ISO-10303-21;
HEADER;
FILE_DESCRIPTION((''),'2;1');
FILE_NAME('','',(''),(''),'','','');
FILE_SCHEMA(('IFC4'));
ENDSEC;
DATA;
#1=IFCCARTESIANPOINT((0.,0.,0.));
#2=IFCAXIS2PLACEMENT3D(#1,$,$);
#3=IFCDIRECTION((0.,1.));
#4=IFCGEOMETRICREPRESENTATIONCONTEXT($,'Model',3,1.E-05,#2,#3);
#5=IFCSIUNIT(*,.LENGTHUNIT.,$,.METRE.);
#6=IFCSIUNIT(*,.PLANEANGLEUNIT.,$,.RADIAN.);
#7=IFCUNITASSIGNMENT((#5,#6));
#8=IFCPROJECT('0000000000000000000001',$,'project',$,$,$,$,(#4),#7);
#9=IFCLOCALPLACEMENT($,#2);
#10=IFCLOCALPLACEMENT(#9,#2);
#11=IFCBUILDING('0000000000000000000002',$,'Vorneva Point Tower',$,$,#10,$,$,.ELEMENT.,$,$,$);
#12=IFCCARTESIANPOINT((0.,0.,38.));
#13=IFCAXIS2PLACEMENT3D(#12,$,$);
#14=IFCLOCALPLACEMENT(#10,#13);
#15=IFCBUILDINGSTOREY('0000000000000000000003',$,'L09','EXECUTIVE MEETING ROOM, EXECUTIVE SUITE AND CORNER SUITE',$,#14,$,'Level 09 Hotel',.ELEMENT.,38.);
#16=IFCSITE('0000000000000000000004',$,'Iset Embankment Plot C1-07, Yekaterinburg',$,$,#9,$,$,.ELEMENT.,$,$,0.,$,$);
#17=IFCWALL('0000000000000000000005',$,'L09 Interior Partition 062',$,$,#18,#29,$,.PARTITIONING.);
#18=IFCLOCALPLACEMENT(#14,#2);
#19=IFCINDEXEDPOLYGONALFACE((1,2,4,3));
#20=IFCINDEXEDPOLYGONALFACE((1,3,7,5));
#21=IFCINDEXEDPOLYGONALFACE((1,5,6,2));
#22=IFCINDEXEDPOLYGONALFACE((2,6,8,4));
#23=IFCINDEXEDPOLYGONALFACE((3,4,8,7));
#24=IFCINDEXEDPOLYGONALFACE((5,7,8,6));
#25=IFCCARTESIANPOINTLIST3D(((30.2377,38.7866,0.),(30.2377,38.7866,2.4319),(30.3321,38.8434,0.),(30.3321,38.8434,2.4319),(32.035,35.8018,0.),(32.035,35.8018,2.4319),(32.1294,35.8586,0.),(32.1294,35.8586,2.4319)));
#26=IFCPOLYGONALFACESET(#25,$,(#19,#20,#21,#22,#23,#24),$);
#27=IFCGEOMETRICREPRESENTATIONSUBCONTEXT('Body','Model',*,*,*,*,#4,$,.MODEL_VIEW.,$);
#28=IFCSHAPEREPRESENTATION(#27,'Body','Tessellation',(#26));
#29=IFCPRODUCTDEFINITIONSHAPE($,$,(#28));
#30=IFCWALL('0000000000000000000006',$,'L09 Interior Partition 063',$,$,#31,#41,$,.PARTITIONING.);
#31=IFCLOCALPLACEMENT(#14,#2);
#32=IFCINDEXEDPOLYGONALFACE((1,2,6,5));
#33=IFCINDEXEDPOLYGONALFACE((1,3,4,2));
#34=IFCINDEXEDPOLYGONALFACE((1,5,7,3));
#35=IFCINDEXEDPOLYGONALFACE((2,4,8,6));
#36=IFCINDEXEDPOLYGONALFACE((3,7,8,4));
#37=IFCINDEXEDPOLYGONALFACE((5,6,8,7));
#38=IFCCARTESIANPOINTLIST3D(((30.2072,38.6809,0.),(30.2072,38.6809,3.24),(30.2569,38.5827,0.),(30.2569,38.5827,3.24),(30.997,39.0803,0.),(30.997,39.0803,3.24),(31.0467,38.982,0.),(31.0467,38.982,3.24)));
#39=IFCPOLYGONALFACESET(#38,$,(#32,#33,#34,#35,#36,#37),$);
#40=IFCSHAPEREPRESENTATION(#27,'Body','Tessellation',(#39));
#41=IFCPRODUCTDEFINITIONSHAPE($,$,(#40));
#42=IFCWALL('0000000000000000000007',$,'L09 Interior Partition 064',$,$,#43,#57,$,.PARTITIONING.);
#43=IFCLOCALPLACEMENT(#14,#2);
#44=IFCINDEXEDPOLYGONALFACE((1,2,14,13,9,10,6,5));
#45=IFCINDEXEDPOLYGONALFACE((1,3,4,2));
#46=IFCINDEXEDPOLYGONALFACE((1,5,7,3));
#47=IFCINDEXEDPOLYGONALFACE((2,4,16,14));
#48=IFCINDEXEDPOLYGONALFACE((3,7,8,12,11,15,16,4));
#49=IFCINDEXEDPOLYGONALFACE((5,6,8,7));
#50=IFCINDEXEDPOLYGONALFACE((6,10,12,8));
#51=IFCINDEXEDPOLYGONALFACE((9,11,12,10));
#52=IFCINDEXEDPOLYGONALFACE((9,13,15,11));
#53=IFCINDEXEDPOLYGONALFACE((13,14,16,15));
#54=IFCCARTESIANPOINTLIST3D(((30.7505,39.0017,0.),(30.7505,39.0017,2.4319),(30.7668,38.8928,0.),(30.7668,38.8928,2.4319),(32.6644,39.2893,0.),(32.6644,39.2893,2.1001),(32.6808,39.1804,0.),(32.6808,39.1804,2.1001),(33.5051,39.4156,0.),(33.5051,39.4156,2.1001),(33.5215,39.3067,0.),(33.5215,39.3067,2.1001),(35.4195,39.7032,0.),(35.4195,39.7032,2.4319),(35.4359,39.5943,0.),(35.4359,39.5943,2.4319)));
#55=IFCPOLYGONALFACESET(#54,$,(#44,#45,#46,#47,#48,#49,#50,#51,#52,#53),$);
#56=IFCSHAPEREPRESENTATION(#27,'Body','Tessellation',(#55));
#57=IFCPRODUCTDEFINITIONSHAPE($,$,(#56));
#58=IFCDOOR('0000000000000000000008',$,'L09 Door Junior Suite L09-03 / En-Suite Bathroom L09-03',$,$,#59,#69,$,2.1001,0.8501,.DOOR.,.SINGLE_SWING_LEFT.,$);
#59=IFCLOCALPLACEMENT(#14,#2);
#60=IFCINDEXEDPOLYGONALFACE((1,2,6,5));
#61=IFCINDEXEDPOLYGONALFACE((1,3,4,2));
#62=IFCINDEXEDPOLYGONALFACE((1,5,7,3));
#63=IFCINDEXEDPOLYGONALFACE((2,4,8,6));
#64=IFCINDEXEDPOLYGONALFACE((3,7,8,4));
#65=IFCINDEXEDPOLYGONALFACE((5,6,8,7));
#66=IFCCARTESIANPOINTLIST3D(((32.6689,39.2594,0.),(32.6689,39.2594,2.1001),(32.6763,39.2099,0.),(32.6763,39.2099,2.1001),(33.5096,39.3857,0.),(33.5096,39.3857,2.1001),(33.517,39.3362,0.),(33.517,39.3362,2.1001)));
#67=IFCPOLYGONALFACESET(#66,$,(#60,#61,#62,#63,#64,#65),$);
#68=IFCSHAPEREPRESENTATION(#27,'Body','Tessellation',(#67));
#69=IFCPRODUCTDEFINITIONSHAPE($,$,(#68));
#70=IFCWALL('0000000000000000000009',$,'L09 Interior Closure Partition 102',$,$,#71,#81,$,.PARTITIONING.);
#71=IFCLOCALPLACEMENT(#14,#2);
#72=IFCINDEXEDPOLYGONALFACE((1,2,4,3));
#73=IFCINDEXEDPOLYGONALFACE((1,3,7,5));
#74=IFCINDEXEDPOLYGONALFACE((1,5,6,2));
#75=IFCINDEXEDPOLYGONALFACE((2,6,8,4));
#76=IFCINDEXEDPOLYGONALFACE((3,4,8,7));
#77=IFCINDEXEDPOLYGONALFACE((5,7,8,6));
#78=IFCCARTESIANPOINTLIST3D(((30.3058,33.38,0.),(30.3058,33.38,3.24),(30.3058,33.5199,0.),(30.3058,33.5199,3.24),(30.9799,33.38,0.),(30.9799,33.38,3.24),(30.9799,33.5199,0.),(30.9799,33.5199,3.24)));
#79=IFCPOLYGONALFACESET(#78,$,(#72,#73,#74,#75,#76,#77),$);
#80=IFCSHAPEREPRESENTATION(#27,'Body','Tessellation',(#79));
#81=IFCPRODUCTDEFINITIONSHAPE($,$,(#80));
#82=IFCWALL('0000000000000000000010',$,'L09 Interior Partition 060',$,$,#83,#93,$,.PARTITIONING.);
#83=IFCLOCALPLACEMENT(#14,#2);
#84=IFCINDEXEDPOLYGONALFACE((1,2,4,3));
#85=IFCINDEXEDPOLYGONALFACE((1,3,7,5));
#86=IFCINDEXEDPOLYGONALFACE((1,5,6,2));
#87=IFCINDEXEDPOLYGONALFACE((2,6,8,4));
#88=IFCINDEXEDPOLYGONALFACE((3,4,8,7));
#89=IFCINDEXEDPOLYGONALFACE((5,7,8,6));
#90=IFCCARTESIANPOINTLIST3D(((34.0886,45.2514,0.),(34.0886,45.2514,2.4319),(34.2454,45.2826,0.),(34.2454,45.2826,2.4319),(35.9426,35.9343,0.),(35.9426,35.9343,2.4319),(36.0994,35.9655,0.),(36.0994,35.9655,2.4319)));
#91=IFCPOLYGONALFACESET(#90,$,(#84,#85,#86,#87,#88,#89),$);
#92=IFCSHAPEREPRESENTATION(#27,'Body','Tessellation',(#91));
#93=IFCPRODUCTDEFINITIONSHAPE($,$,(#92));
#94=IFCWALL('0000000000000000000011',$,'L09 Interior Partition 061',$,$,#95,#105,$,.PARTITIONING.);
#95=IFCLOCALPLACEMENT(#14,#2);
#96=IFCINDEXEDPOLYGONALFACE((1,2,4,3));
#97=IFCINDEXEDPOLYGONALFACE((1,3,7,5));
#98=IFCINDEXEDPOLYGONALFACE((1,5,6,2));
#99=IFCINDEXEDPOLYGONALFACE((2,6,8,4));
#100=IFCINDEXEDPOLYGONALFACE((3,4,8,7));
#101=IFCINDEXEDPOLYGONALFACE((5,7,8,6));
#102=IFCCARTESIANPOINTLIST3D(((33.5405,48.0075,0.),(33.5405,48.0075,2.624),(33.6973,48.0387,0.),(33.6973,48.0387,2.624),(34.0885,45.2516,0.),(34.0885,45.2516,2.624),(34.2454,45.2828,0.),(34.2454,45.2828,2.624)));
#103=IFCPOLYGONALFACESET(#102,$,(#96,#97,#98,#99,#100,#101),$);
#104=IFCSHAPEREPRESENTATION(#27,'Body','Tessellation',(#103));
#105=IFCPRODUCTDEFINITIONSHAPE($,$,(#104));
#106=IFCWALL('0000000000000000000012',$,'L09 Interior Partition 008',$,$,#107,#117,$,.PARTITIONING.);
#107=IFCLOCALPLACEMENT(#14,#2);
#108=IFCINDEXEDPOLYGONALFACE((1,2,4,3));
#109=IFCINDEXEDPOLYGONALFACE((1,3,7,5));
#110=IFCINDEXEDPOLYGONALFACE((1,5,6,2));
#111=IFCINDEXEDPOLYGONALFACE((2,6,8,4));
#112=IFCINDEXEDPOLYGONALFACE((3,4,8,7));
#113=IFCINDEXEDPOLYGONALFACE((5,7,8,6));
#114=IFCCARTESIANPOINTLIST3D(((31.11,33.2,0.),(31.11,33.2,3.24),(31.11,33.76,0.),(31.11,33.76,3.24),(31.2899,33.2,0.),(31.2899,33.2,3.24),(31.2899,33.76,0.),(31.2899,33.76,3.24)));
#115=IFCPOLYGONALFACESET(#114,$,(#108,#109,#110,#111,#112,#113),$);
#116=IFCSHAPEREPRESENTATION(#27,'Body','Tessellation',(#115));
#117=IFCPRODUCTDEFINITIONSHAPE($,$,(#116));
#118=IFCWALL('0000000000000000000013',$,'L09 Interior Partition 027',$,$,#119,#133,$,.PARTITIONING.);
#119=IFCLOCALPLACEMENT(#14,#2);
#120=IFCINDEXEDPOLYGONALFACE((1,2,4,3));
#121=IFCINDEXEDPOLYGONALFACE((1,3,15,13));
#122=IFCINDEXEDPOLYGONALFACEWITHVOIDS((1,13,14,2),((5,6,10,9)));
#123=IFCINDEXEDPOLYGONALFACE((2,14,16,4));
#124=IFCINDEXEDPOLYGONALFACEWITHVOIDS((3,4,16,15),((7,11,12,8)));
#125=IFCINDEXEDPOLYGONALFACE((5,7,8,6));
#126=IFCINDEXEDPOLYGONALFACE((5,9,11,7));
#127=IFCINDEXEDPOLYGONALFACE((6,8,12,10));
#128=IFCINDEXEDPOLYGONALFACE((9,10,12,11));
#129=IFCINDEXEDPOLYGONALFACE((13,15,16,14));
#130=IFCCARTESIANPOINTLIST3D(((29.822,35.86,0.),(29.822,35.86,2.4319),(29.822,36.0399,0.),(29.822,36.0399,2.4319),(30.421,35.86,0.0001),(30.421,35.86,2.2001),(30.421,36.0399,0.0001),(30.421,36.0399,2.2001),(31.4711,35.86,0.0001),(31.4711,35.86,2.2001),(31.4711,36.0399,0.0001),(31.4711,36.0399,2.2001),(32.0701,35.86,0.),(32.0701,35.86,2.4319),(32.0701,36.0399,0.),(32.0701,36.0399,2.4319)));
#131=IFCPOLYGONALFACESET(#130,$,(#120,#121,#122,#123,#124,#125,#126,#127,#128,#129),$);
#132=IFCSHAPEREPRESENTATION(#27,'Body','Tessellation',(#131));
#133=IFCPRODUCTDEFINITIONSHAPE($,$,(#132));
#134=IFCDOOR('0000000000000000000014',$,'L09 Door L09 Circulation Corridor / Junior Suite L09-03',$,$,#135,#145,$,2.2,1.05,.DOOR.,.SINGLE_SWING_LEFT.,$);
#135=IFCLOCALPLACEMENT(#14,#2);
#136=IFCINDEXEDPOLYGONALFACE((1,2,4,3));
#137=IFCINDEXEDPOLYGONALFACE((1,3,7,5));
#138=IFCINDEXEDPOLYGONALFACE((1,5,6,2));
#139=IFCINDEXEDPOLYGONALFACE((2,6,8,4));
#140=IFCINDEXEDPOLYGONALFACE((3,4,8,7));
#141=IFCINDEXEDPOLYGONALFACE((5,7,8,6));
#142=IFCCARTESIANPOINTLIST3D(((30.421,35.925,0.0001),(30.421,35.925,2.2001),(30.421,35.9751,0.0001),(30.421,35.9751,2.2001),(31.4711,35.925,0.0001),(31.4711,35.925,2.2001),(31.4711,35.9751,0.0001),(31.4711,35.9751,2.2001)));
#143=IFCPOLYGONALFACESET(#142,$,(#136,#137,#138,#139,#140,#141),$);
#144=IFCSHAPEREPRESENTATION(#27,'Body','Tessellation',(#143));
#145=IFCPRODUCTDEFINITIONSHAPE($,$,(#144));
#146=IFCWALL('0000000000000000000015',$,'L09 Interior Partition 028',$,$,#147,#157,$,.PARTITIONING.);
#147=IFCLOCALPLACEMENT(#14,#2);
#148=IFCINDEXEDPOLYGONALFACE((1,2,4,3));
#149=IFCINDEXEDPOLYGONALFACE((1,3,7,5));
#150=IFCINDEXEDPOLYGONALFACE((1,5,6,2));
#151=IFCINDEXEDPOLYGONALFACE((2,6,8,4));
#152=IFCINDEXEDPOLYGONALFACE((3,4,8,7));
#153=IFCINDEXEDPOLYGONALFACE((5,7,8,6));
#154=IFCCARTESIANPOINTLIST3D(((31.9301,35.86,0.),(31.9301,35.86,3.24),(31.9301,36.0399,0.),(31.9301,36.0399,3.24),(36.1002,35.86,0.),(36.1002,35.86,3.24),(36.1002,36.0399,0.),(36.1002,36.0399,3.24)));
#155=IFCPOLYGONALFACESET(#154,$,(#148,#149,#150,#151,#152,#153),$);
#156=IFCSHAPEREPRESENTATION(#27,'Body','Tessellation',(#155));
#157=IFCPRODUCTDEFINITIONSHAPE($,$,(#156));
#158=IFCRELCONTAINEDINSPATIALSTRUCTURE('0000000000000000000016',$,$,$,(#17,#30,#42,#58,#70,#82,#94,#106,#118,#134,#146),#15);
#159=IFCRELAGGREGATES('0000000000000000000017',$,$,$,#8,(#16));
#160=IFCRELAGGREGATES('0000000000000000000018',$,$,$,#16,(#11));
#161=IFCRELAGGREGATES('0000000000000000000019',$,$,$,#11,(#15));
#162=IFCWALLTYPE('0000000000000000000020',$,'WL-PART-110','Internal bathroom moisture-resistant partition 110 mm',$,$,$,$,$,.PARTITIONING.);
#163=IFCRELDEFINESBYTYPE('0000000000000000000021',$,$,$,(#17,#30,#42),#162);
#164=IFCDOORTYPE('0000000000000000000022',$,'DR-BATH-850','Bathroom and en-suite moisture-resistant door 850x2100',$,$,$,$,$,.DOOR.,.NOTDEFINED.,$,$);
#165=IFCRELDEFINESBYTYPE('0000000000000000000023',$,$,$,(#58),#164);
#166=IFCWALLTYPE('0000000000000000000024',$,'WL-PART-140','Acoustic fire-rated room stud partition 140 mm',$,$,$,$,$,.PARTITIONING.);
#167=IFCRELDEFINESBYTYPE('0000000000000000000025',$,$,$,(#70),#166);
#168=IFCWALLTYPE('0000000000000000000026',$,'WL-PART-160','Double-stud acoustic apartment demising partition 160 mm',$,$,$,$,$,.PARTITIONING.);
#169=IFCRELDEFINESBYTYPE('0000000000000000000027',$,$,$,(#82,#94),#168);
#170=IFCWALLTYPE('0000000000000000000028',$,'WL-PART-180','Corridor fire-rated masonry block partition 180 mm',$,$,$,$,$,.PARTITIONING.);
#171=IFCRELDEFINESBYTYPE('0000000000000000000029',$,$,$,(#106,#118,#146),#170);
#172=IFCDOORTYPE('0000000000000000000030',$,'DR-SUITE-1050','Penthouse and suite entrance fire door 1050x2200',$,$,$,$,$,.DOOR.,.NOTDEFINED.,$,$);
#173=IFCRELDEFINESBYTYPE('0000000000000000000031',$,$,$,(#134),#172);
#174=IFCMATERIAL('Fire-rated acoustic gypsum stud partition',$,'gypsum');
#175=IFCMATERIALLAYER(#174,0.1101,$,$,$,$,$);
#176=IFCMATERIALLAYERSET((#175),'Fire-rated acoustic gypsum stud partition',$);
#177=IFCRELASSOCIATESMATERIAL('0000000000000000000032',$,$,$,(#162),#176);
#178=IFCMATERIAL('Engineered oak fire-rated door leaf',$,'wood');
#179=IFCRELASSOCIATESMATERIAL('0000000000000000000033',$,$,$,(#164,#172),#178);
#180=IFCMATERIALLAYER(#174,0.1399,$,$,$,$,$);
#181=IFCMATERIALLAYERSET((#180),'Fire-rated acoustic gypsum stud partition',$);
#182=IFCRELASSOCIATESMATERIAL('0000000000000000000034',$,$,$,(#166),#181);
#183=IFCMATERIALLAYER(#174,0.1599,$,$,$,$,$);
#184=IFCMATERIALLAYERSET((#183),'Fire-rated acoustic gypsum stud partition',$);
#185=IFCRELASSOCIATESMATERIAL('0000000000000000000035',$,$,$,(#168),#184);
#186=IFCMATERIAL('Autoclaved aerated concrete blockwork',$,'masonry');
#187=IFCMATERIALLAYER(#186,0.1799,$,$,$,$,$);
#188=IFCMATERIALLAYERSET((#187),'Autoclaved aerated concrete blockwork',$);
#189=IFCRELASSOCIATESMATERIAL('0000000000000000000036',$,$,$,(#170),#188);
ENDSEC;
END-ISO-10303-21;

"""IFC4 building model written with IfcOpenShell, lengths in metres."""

from ifc_helpers import new_model, si_unit, direction, frame, frame_2d, origin, place, context, subcontext, project, spatial, rectangle, extrude, material, layer, layer_set, type_object, element, fill, save


model = new_model("IFC4")

# Units and contexts
model_context = context("Model", 3, precision=1e-05, world=origin(), true_north=direction((0.0, 1.0)))
body_context = subcontext(model_context, "Body", "Model", "MODEL_VIEW")
ifc_project = project(units=[si_unit("LENGTHUNIT", "METRE"), si_unit("PLANEANGLEUNIT", "RADIAN")], contexts=[model_context])

# Site, building, storey
site_placement = place(None, origin())
site = spatial("IfcSite", under=ifc_project, at=site_placement, Name="Iset Embankment Plot C1-07, Yekaterinburg", CompositionType="ELEMENT", RefElevation=0.0)
building_placement = place(site_placement, origin())
building = spatial("IfcBuilding", under=site, at=building_placement, Name="Vorneva Point Tower", CompositionType="ELEMENT")
storey_placement = place(building_placement, frame((0.0, 0.0, 38.0)))
storey = spatial("IfcBuildingStorey", under=building, at=storey_placement, Name="L09", Description="EXECUTIVE MEETING ROOM, EXECUTIVE SUITE AND CORNER SUITE", LongName="Level 09 Hotel", CompositionType="ELEMENT", Elevation=38.0)

# Walls
ifc_material_1 = material(Name="Fire-rated acoustic gypsum stud partition", Category="gypsum")
ifc_layer_1 = layer(ifc_material_1, 0.1101)
ifc_layer_set_1 = layer_set([ifc_layer_1], Name="Fire-rated acoustic gypsum stud partition")
wall_type_1 = type_object("IfcWallType", Name="WL-PART-110", Description="Internal bathroom moisture-resistant partition 110 mm", PredefinedType="PARTITIONING", material=ifc_layer_set_1)
wall_1_placement = place(storey_placement, frame((32.0823, 35.8301, 0.0), z_axis=(0.0, 0.0, 1.0), x_axis=(-0.515855, 0.856676, 0.0)))
element("IfcWall", 1, at=wall_1_placement, inside=storey, type_object=wall_type_1, Name="L09 Interior Partition 062", PredefinedType="PARTITIONING", context=body_context, shape_type="SweptSolid", body=[
    extrude(rectangle(XDim=3.4841, YDim=0.1101, at=frame_2d((1.7422, 0.0))), origin(), (0.0, 0.0, 1.0), 2.4319),
])
wall_2_placement = place(storey_placement, frame((30.2322, 38.6318, 0.0), z_axis=(0.0, 0.0, 1.0), x_axis=(0.892377, 0.451292, 0.0)))
element("IfcWall", 2, at=wall_2_placement, inside=storey, type_object=wall_type_1, Name="L09 Interior Partition 063", PredefinedType="PARTITIONING", context=body_context, shape_type="SweptSolid", body=[
    extrude(rectangle(XDim=0.885, YDim=0.1101, at=frame_2d((0.4424, 0.0))), origin(), (0.0, 0.0, 1.0), 3.24),
])

# Wall, opening, door
wall_3_placement = place(storey_placement, frame((30.7585, 38.9473, 0.0), z_axis=(0.0, 0.0, 1.0), x_axis=(0.988903, 0.148563, 0.0)))
wall_3 = element("IfcWall", 3, at=wall_3_placement, inside=storey, type_object=wall_type_1, Name="L09 Interior Partition 064", PredefinedType="PARTITIONING", context=body_context, shape_type="SweptSolid", body=[
    extrude(rectangle(XDim=4.7214, YDim=0.1101, at=frame_2d((2.3608, 0.0))), origin(), (0.0, 0.0, 1.0), 2.4319),
])
opening_1_placement = place(wall_3_placement, frame((1.9355, 0.0, 0.0)))
opening_1 = element("IfcOpeningElement", 4, at=opening_1_placement, cuts=wall_3, PredefinedType="OPENING", context=body_context, shape_type="SweptSolid", body=[
    extrude(rectangle(XDim=0.8501, YDim=2.1001, at=frame_2d((0.425, 1.05))), frame((0.0, 0.0698, 0.0), z_axis=(0.0, -1.0, 0.0), x_axis=(1.0, 0.0, 0.0)), (0.0, 0.0, 1.0), 0.1399),
])
ifc_material_2 = material(Name="Engineered oak fire-rated door leaf", Category="wood")
door_type_1 = type_object("IfcDoorType", Name="DR-BATH-850", Description="Bathroom and en-suite moisture-resistant door 850x2100", OperationType="NOTDEFINED", PredefinedType="DOOR", material=ifc_material_2)
door_1_placement = place(opening_1_placement, origin())
door_1 = element("IfcDoor", 5, at=door_1_placement, inside=storey, type_object=door_type_1, Name="L09 Door Junior Suite L09-03 / En-Suite Bathroom L09-03", OperationType="SINGLE_SWING_LEFT", OverallHeight=2.1001, OverallWidth=0.8501, PredefinedType="DOOR", context=body_context, shape_type="SweptSolid", body=[
    extrude(rectangle(XDim=0.8501, YDim=2.1001, at=frame_2d((0.425, 1.05))), frame((0.0, 0.0249, 0.0), z_axis=(0.0, -1.0, 0.0), x_axis=(1.0, 0.0, 0.0)), (0.0, 0.0, 1.0), 0.05),
])
fill(opening_1, door_1)

# Walls
ifc_layer_2 = layer(ifc_material_1, 0.1399)
ifc_layer_set_2 = layer_set([ifc_layer_2], Name="Fire-rated acoustic gypsum stud partition")
wall_type_2 = type_object("IfcWallType", Name="WL-PART-140", Description="Acoustic fire-rated room stud partition 140 mm", PredefinedType="PARTITIONING", material=ifc_layer_set_2)
wall_4_placement = place(storey_placement, frame((30.3059, 33.45, 0.0), z_axis=(0.0, 0.0, 1.0), x_axis=(1.0, 0.0, 0.0)))
element("IfcWall", 6, at=wall_4_placement, inside=storey, type_object=wall_type_2, Name="L09 Interior Closure Partition 102", PredefinedType="PARTITIONING", context=body_context, shape_type="SweptSolid", body=[
    extrude(rectangle(XDim=0.6741, YDim=0.1399, at=frame_2d((0.3369, 0.0))), origin(), (0.0, 0.0, 1.0), 3.24),
])
ifc_layer_3 = layer(ifc_material_1, 0.1599)
ifc_layer_set_3 = layer_set([ifc_layer_3], Name="Fire-rated acoustic gypsum stud partition")
wall_type_3 = type_object("IfcWallType", Name="WL-PART-160", Description="Double-stud acoustic apartment demising partition 160 mm", PredefinedType="PARTITIONING", material=ifc_layer_set_3)
wall_5_placement = place(storey_placement, frame((34.167, 45.2671, 0.0), z_axis=(0.0, 0.0, 1.0), x_axis=(0.195162, -0.980771, 0.0)))
element("IfcWall", 7, at=wall_5_placement, inside=storey, type_object=wall_type_3, Name="L09 Interior Partition 060", PredefinedType="PARTITIONING", context=body_context, shape_type="SweptSolid", body=[
    extrude(rectangle(XDim=9.4998, YDim=0.1599, at=frame_2d((4.75, 0.0))), origin(), (0.0, 0.0, 1.0), 2.4319),
])
wall_6_placement = place(storey_placement, frame((33.6189, 48.0229, 0.0), z_axis=(0.0, 0.0, 1.0), x_axis=(0.195063, -0.980791, 0.0)))
element("IfcWall", 8, at=wall_6_placement, inside=storey, type_object=wall_type_3, Name="L09 Interior Partition 061", PredefinedType="PARTITIONING", context=body_context, shape_type="SweptSolid", body=[
    extrude(rectangle(XDim=2.8098, YDim=0.1599, at=frame_2d((1.4048, 0.0))), origin(), (0.0, 0.0, 1.0), 2.624),
])

# Shared definitions
ifc_material_3 = material(Name="Autoclaved aerated concrete blockwork", Category="masonry")
ifc_layer_4 = layer(ifc_material_3, 0.1799)
ifc_layer_set_4 = layer_set([ifc_layer_4], Name="Autoclaved aerated concrete blockwork")
wall_type_4 = type_object("IfcWallType", Name="WL-PART-180", Description="Corridor fire-rated masonry block partition 180 mm", PredefinedType="PARTITIONING", material=ifc_layer_set_4)

# Wall
wall_7_placement = place(storey_placement, frame((31.2, 33.76, 0.0), z_axis=(0.0, 0.0, 1.0), x_axis=(0.0, -1.0, 0.0)))
element("IfcWall", 9, at=wall_7_placement, inside=storey, type_object=wall_type_4, Name="L09 Interior Partition 008", PredefinedType="PARTITIONING", context=body_context, shape_type="SweptSolid", body=[
    extrude(rectangle(XDim=0.5601, YDim=0.1799, at=frame_2d((0.28, 0.0))), origin(), (0.0, 0.0, 1.0), 3.24),
])

# Wall, opening, door
wall_8_placement = place(storey_placement, frame((32.0701, 35.95, 0.0), z_axis=(0.0, 0.0, 1.0), x_axis=(-1.0, 0.0, 0.0)))
wall_8 = element("IfcWall", 10, at=wall_8_placement, inside=storey, type_object=wall_type_4, Name="L09 Interior Partition 027", PredefinedType="PARTITIONING", context=body_context, shape_type="SweptSolid", body=[
    extrude(rectangle(XDim=2.248, YDim=0.1799, at=frame_2d((1.124, 0.0))), origin(), (0.0, 0.0, 1.0), 2.4319),
])
opening_2_placement = place(wall_8_placement, frame((0.5991, 0.0, 0.0)))
opening_2 = element("IfcOpeningElement", 11, at=opening_2_placement, cuts=wall_8, PredefinedType="OPENING", context=body_context, shape_type="SweptSolid", body=[
    extrude(rectangle(XDim=1.05, YDim=2.2, at=frame_2d((0.5249, 1.1001))), frame((0.0, 0.105, 0.0), z_axis=(0.0, -1.0, 0.0), x_axis=(1.0, 0.0, 0.0)), (0.0, 0.0, 1.0), 0.2097),
])
door_type_2 = type_object("IfcDoorType", Name="DR-SUITE-1050", Description="Penthouse and suite entrance fire door 1050x2200", OperationType="NOTDEFINED", PredefinedType="DOOR", material=ifc_material_2)
door_2_placement = place(opening_2_placement, origin())
door_2 = element("IfcDoor", 12, at=door_2_placement, inside=storey, type_object=door_type_2, Name="L09 Door L09 Circulation Corridor / Junior Suite L09-03", OperationType="SINGLE_SWING_LEFT", OverallHeight=2.2, OverallWidth=1.05, PredefinedType="DOOR", context=body_context, shape_type="SweptSolid", body=[
    extrude(rectangle(XDim=1.05, YDim=2.2, at=frame_2d((0.5249, 1.1001))), frame((0.0, 0.0249, 0.0), z_axis=(0.0, -1.0, 0.0), x_axis=(1.0, 0.0, 0.0)), (0.0, 0.0, 1.0), 0.05),
])
fill(opening_2, door_2)

# Wall
wall_9_placement = place(storey_placement, frame((36.1001, 35.95, 0.0), z_axis=(0.0, 0.0, 1.0), x_axis=(-1.0, 0.0, 0.0)))
element("IfcWall", 13, at=wall_9_placement, inside=storey, type_object=wall_type_4, Name="L09 Interior Partition 028", PredefinedType="PARTITIONING", context=body_context, shape_type="SweptSolid", body=[
    extrude(rectangle(XDim=4.1702, YDim=0.1799, at=frame_2d((2.085, 0.0))), origin(), (0.0, 0.0, 1.0), 3.24),
])

save(model, "model.ifc")
